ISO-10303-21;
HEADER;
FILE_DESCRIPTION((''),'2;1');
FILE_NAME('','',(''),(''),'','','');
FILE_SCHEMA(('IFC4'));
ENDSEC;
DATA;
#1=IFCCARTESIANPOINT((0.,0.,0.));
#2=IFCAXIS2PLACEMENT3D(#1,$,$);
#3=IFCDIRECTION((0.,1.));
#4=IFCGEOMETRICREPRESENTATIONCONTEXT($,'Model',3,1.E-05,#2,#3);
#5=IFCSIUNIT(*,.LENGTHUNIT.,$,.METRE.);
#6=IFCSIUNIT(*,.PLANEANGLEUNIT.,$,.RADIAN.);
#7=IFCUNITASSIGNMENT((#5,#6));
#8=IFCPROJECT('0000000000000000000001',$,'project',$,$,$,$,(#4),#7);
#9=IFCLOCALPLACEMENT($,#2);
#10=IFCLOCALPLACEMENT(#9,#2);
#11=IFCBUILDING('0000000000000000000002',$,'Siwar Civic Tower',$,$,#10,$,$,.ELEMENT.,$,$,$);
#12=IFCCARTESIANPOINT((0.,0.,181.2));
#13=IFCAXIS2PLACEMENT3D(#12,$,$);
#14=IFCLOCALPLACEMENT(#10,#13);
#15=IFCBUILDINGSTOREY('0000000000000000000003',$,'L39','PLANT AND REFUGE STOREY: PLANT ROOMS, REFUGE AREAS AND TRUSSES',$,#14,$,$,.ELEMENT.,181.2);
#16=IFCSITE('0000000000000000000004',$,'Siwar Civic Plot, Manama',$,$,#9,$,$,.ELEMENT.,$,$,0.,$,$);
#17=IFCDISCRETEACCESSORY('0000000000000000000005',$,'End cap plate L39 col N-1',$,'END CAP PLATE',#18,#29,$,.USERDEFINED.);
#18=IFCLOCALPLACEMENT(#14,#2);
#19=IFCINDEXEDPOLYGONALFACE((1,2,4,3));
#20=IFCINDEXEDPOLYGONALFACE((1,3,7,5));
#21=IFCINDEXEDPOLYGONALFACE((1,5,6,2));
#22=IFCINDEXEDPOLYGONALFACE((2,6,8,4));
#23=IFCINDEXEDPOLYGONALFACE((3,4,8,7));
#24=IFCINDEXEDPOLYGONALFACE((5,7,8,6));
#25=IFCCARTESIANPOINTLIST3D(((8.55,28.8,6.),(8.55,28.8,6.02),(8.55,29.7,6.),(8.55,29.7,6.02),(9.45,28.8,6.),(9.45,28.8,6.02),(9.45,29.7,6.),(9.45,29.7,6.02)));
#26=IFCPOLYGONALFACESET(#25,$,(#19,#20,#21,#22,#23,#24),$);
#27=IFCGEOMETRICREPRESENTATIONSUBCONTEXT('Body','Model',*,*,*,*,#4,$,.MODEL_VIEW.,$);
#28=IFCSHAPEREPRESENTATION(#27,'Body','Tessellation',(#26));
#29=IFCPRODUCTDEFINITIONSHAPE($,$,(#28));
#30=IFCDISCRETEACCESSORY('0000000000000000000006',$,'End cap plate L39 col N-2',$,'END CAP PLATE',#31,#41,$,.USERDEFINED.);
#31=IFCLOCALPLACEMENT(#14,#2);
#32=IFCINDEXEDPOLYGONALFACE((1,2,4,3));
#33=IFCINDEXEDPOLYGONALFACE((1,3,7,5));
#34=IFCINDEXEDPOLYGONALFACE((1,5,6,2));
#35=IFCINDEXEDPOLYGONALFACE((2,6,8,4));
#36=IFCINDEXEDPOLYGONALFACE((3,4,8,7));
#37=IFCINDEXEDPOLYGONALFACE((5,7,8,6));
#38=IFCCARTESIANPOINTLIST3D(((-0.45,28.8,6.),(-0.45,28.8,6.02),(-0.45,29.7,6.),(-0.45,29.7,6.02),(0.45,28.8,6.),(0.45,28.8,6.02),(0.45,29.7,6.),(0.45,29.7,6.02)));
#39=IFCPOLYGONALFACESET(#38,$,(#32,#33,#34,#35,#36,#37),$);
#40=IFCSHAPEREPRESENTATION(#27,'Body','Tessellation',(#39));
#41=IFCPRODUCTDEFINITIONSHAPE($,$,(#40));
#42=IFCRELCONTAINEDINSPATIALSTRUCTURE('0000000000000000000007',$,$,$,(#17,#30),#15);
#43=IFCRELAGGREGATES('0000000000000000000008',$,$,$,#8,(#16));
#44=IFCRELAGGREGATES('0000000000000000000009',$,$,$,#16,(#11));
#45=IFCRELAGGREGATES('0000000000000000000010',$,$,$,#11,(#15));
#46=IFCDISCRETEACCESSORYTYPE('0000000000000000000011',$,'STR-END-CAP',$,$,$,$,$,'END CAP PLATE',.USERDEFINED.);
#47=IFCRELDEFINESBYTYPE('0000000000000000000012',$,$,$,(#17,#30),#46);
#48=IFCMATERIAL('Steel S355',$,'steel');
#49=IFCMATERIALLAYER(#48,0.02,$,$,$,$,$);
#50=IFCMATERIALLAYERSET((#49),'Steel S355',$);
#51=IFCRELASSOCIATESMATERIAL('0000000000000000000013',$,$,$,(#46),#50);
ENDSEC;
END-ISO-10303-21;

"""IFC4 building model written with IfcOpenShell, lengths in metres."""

from ifc_helpers import new_model, si_unit, direction, frame, origin, origin_2d, place, context, subcontext, project, spatial, rectangle, extrude, material, layer, layer_set, type_object, element, save


model = new_model("IFC4")

# Units and contexts
model_context = context("Model", 3, precision=1e-05, world=origin(), true_north=direction((0.0, 1.0)))
body_context = subcontext(model_context, "Body", "Model", "MODEL_VIEW")
ifc_project = project(units=[si_unit("LENGTHUNIT", "METRE"), si_unit("PLANEANGLEUNIT", "RADIAN")], contexts=[model_context])

# Site, building, storey
site_placement = place(None, origin())
site = spatial("IfcSite", under=ifc_project, at=site_placement, Name="Siwar Civic Plot, Manama", CompositionType="ELEMENT", RefElevation=0.0)
building_placement = place(site_placement, origin())
building = spatial("IfcBuilding", under=site, at=building_placement, Name="Siwar Civic Tower", CompositionType="ELEMENT")
storey_placement = place(building_placement, frame((0.0, 0.0, 181.2)))
storey = spatial("IfcBuildingStorey", under=building, at=storey_placement, Name="L39", Description="PLANT AND REFUGE STOREY: PLANT ROOMS, REFUGE AREAS AND TRUSSES", CompositionType="ELEMENT", Elevation=181.2)

# Discrete accessories
ifc_material_1 = material(Name="Steel S355", Category="steel")
ifc_layer_1 = layer(ifc_material_1, 0.02)
ifc_layer_set_1 = layer_set([ifc_layer_1], Name="Steel S355")
discrete_accessory_type_1 = type_object("IfcDiscreteAccessoryType", Name="STR-END-CAP", ElementType="END CAP PLATE", PredefinedType="USERDEFINED", material=ifc_layer_set_1)
for number, where, z_axis, x_axis, name in (
    (1, (9.0, 29.25, 6.0), (0.0, 0.0, 1.0), (1.0, 0.0, 0.0), "End cap plate L39 col N-1"),
    (2, (0.0, 29.25, 6.0), (0.0, 0.0, 1.0), (1.0, 0.0, 0.0), "End cap plate L39 col N-2"),
):
    element("IfcDiscreteAccessory", number, at=place(storey_placement, frame(where, z_axis=z_axis, x_axis=x_axis)), inside=storey, type_object=discrete_accessory_type_1, Name=name, ObjectType="END CAP PLATE", PredefinedType="USERDEFINED", context=body_context, shape_type="SweptSolid", body=[
        extrude(rectangle(XDim=0.8999, YDim=0.8999, at=origin_2d()), origin(), (0.0, 0.0, 1.0), 0.02),
    ])

save(model, "model.ifc")
